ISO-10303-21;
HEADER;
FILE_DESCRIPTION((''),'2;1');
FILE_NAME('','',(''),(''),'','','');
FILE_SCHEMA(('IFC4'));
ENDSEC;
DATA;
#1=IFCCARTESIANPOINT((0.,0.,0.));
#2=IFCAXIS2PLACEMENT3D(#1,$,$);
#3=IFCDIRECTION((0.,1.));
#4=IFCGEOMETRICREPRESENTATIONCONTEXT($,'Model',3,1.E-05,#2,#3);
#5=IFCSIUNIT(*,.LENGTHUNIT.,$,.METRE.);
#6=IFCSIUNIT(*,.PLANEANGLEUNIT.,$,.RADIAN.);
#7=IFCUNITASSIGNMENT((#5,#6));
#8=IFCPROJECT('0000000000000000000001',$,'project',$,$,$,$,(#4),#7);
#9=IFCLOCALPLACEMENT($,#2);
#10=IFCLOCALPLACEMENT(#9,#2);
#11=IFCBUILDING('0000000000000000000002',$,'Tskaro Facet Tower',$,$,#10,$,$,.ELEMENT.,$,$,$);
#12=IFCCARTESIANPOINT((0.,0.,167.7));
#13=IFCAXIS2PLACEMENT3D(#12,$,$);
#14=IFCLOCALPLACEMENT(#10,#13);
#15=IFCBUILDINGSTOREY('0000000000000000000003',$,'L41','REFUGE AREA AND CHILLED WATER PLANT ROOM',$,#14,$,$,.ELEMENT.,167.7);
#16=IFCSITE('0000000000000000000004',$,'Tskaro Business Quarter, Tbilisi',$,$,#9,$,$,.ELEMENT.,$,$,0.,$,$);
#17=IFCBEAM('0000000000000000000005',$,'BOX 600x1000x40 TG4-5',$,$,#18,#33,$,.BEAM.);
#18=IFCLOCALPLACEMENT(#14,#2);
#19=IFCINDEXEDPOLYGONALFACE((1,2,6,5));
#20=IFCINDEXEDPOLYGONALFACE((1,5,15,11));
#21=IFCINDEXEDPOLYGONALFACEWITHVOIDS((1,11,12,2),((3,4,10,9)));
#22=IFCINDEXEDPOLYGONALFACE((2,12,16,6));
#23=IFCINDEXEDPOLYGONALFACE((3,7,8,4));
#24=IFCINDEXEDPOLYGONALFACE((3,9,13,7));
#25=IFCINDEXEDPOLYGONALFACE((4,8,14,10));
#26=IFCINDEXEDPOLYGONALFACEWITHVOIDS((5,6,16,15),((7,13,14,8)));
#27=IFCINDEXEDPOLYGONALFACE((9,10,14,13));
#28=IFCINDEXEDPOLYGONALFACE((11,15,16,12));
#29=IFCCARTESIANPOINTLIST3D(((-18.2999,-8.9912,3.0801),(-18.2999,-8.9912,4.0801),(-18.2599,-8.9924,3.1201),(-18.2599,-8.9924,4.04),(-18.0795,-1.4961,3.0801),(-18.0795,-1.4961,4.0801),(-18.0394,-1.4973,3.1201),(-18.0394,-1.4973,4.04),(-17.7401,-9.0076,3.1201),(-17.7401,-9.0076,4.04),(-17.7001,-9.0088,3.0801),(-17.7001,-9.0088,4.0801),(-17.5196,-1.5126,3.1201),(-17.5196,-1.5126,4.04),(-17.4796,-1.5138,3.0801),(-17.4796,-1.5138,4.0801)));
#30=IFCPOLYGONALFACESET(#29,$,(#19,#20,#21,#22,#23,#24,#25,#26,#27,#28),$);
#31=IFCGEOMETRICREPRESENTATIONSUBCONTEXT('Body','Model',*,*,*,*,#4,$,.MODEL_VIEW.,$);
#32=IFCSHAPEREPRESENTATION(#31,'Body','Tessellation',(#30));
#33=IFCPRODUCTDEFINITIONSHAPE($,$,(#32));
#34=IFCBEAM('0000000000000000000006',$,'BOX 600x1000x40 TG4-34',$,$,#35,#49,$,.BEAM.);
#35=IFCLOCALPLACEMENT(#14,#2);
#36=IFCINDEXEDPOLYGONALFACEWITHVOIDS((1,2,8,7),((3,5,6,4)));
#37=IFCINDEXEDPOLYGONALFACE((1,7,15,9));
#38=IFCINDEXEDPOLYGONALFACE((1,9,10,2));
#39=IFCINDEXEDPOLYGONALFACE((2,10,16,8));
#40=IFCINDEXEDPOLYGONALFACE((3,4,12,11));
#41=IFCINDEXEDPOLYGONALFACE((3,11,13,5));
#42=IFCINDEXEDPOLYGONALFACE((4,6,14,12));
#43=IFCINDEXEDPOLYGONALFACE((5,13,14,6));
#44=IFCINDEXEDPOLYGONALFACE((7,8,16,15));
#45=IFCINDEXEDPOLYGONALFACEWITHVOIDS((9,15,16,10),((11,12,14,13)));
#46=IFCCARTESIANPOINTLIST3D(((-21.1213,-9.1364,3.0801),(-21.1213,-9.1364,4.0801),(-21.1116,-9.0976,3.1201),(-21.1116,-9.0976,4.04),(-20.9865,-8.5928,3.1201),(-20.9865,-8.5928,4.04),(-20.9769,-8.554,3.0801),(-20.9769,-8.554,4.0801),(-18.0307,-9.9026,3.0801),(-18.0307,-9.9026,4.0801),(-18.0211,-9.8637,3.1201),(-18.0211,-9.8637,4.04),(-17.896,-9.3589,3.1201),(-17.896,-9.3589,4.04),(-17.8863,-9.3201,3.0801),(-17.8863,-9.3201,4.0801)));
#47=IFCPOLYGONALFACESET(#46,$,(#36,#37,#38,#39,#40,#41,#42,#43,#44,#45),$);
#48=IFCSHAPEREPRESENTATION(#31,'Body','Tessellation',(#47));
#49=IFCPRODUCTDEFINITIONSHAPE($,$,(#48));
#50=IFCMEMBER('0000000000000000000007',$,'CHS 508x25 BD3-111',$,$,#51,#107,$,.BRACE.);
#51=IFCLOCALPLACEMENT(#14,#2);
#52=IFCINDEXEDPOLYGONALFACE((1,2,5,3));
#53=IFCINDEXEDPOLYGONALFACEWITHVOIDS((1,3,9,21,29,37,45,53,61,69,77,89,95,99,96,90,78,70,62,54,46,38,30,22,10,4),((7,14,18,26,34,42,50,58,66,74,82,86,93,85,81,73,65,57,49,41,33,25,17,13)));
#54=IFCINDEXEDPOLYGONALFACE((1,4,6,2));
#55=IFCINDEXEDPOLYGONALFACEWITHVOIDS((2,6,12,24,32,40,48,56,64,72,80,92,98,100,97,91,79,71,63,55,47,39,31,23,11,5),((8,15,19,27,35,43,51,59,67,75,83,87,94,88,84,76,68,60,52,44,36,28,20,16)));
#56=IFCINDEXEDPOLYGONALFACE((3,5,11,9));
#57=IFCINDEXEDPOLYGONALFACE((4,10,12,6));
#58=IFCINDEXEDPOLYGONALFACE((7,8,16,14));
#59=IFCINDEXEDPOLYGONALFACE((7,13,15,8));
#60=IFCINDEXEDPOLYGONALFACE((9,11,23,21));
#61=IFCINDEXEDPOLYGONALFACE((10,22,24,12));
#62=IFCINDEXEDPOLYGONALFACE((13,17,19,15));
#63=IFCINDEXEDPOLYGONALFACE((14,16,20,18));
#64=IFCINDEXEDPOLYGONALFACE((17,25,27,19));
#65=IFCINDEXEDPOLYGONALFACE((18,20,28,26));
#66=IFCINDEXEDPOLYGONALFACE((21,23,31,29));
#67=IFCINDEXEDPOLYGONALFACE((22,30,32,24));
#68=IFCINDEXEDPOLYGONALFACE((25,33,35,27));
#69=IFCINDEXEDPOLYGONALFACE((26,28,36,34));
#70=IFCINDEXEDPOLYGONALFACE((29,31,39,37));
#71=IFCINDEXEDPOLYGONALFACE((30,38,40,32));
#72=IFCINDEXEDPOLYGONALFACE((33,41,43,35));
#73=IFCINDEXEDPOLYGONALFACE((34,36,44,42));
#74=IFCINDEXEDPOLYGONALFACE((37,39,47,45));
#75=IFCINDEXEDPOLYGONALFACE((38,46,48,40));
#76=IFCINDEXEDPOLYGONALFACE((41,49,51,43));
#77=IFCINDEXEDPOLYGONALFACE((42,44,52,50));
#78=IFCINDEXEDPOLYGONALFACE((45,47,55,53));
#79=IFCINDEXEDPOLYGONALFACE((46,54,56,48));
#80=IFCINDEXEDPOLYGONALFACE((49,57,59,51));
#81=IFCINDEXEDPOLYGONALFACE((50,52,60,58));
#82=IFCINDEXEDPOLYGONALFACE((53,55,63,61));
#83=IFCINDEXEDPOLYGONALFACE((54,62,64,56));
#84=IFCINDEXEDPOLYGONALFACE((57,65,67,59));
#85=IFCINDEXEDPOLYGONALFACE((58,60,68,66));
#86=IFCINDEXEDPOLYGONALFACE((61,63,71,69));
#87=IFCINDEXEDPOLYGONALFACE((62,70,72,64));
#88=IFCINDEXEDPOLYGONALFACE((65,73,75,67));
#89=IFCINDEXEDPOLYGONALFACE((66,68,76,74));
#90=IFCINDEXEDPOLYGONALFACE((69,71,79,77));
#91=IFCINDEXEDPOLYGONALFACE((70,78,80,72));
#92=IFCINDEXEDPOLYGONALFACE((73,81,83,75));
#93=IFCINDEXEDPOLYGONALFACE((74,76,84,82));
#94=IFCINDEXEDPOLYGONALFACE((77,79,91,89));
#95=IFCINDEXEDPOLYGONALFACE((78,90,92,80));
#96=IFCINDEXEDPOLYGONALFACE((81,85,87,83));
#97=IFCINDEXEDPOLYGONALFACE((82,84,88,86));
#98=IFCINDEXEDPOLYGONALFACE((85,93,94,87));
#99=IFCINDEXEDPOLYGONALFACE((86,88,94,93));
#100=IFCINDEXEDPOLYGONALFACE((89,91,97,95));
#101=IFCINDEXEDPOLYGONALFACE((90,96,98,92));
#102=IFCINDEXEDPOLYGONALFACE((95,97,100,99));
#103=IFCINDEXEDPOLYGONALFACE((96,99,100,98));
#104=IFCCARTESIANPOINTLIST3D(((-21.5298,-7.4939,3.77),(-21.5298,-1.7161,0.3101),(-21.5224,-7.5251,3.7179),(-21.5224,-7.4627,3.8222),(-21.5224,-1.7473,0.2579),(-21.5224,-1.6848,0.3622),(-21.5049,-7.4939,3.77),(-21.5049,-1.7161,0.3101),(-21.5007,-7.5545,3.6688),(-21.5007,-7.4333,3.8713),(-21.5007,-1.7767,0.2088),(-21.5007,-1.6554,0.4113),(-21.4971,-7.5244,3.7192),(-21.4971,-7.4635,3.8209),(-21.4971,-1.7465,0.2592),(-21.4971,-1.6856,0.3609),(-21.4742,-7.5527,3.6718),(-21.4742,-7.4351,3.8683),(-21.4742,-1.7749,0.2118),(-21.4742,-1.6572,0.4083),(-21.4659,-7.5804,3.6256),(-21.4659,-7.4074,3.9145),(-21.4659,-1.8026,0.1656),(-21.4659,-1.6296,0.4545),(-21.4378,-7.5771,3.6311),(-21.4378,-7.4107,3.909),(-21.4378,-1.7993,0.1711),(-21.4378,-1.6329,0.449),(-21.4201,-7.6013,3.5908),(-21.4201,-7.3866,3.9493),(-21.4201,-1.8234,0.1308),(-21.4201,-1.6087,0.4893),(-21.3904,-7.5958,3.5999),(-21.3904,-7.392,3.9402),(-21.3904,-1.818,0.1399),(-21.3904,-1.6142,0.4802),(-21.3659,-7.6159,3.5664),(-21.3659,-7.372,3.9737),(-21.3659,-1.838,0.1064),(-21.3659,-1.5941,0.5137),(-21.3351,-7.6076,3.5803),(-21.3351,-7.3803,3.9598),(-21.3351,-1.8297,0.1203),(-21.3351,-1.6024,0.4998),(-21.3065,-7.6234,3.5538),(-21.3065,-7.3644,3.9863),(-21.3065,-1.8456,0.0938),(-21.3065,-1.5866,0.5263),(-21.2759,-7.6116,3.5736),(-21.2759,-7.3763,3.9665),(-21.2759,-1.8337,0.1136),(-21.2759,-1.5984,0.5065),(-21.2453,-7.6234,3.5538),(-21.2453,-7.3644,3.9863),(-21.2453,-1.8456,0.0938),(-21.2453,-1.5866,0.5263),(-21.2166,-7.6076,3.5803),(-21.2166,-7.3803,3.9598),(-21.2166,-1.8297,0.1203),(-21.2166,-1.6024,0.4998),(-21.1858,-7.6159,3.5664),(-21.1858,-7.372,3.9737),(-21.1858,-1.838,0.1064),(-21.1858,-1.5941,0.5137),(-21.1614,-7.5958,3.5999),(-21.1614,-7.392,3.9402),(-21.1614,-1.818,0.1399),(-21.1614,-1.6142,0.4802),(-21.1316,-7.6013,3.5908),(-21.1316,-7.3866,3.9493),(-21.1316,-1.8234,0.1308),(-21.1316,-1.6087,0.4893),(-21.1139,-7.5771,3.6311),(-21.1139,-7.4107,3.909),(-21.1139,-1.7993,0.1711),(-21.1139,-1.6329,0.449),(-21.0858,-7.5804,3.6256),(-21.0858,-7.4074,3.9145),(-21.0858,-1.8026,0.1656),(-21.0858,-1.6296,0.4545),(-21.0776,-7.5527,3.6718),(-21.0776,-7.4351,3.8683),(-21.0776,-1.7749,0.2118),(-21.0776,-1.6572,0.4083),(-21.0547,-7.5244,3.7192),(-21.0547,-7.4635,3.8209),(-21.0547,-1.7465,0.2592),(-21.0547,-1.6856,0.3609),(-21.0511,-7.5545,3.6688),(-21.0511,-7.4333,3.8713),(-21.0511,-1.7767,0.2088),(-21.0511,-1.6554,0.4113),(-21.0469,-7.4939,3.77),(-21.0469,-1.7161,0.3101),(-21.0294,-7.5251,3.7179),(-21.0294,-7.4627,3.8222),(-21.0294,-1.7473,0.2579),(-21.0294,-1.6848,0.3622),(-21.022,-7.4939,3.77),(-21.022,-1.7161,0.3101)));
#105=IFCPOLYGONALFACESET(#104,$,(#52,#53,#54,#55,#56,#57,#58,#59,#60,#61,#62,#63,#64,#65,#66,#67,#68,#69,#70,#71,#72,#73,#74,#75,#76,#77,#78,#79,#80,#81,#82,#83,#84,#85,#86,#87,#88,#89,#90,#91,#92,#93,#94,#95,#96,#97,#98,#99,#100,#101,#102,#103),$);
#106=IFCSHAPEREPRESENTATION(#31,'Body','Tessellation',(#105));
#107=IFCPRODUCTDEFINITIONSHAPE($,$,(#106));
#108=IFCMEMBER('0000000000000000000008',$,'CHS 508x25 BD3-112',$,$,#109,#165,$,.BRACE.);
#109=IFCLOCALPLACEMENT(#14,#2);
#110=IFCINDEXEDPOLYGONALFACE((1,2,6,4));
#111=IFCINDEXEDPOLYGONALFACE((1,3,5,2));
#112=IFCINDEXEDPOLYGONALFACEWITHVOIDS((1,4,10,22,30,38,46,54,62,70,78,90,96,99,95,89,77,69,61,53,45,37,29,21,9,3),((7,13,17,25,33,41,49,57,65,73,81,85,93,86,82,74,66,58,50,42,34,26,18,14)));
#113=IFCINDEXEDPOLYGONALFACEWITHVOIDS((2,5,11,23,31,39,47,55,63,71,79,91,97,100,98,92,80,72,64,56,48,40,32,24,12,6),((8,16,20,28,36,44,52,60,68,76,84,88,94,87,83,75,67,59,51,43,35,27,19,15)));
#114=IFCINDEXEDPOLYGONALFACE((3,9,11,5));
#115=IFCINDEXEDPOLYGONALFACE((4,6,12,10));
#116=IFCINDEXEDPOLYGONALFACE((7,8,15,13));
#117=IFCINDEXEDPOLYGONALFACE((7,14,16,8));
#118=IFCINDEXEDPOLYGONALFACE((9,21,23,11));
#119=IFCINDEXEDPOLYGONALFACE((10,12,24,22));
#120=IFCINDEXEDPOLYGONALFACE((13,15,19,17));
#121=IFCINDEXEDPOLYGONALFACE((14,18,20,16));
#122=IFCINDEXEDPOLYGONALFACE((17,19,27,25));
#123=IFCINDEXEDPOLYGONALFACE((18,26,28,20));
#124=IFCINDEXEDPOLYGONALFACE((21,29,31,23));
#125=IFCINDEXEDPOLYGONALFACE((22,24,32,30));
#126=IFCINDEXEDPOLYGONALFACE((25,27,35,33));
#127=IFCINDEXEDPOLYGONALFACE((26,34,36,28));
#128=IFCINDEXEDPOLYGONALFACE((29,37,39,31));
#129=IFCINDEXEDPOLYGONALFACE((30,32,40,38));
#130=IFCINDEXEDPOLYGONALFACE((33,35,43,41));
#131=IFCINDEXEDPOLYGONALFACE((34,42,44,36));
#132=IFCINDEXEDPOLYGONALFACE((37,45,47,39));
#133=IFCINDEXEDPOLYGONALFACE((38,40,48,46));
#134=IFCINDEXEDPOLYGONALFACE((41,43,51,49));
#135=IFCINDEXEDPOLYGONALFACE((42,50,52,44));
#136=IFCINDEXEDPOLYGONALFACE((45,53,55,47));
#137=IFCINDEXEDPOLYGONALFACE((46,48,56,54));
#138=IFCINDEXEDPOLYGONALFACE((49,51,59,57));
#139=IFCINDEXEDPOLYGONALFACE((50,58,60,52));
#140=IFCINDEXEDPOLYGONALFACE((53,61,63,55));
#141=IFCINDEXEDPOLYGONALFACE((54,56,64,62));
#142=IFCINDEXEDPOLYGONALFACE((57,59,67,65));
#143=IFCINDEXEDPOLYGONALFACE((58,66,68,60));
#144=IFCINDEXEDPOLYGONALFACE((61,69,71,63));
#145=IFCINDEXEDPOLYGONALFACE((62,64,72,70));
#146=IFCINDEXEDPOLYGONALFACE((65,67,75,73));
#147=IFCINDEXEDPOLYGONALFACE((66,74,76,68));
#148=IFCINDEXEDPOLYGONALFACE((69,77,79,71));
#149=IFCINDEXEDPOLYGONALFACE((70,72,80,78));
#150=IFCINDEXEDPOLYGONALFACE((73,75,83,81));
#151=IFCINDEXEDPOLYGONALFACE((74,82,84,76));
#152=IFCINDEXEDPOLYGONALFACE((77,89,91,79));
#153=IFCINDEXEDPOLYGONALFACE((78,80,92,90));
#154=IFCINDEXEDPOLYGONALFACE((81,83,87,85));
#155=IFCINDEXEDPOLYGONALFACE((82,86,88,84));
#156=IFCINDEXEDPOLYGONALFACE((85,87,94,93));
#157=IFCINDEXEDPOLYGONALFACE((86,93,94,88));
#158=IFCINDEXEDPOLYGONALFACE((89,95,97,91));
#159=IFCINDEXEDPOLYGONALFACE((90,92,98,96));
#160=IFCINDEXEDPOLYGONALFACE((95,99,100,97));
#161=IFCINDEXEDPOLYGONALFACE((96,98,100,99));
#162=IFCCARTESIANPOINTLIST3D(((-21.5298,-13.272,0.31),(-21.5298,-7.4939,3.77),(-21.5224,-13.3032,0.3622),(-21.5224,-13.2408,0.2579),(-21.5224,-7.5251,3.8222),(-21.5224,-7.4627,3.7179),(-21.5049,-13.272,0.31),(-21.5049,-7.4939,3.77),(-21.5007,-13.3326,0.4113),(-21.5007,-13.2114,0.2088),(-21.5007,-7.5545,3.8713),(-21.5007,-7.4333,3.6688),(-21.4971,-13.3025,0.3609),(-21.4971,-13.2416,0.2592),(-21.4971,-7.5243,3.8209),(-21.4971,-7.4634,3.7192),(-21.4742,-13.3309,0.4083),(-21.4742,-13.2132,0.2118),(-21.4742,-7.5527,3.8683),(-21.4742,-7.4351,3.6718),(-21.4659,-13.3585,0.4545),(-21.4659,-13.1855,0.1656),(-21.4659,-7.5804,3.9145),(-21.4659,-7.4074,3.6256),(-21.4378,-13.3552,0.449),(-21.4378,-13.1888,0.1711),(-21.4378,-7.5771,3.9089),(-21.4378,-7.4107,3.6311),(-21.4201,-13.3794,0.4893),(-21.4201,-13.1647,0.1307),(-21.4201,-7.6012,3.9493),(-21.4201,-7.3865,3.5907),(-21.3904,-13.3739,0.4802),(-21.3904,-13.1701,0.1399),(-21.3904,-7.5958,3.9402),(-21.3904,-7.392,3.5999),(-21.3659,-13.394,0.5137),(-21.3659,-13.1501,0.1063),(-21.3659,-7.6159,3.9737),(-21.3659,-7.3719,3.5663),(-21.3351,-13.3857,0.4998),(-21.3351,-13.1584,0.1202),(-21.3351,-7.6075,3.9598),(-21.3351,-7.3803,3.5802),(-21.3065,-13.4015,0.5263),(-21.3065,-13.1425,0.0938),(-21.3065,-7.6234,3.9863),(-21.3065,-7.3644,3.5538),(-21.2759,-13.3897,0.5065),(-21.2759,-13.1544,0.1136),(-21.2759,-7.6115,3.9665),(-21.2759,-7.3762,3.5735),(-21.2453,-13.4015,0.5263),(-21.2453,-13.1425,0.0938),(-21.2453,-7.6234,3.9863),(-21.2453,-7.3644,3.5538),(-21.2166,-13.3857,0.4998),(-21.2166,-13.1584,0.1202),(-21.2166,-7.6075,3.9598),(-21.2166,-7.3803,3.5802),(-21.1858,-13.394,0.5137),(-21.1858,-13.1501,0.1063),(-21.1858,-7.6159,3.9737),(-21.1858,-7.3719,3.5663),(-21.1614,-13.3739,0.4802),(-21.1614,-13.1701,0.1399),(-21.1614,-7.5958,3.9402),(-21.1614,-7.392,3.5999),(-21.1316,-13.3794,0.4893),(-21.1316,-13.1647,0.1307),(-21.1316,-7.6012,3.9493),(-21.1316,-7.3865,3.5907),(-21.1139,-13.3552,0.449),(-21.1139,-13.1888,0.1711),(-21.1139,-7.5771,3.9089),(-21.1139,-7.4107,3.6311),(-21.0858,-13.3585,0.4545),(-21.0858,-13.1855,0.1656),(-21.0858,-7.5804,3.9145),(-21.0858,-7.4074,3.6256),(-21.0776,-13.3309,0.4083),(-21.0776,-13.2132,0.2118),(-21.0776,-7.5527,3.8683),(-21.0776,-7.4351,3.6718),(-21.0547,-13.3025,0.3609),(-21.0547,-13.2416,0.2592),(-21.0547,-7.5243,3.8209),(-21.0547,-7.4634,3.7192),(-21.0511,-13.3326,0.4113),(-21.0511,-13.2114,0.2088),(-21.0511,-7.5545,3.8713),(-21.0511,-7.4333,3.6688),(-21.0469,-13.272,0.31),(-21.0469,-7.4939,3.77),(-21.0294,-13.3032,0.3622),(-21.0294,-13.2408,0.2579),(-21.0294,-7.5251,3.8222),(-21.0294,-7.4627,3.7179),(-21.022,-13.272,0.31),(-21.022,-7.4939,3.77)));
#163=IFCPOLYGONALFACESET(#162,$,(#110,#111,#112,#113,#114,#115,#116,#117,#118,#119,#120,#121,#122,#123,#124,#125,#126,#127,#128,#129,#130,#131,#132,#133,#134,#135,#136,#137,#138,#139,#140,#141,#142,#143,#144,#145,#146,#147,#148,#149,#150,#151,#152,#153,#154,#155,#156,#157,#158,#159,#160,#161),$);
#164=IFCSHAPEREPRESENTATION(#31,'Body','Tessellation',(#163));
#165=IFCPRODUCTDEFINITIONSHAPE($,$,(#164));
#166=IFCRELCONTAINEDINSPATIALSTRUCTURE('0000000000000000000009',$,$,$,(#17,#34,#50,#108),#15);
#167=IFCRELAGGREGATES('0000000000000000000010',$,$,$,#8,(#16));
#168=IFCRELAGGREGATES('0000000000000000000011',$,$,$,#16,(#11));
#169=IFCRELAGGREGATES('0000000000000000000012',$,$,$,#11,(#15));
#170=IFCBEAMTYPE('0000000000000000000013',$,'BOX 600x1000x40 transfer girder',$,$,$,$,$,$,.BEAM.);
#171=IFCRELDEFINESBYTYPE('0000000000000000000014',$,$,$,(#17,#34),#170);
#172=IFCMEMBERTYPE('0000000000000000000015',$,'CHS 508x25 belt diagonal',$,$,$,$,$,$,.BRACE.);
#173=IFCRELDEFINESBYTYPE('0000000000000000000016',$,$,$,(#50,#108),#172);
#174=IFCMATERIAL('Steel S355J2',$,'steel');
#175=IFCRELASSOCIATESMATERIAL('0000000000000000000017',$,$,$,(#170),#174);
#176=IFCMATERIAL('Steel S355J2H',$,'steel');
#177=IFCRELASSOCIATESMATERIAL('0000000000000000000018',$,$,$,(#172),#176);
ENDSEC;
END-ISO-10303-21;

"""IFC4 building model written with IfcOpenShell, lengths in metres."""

from ifc_helpers import new_model, si_unit, direction, frame, origin, origin_2d, place, context, subcontext, project, spatial, hollow_rectangle, hollow_circle, extrude, material, material_profile, profile_set, type_object, element, save


model = new_model("IFC4")

# Units and contexts
model_context = context("Model", 3, precision=1e-05, world=origin(), true_north=direction((0.0, 1.0)))
body_context = subcontext(model_context, "Body", "Model", "MODEL_VIEW")
ifc_project = project(units=[si_unit("LENGTHUNIT", "METRE"), si_unit("PLANEANGLEUNIT", "RADIAN")], contexts=[model_context])

# Site, building, storey
site_placement = place(None, origin())
site = spatial("IfcSite", under=ifc_project, at=site_placement, Name="Tskaro Business Quarter, Tbilisi", CompositionType="ELEMENT", RefElevation=0.0)
building_placement = place(site_placement, origin())
building = spatial("IfcBuilding", under=site, at=building_placement, Name="Tskaro Facet Tower", CompositionType="ELEMENT")
storey_placement = place(building_placement, frame((0.0, 0.0, 167.7)))
storey = spatial("IfcBuildingStorey", under=building, at=storey_placement, Name="L41", Description="REFUGE AREA AND CHILLED WATER PLANT ROOM", CompositionType="ELEMENT", Elevation=167.7)

# Shared definitions
ifc_material_1 = material(Name="Steel S355J2H", Category="steel")

# Beams
ifc_material_2 = material(Name="Steel S355J2", Category="steel")
ifc_material_profile_1 = material_profile(ifc_material_2, hollow_rectangle(XDim=0.6001, YDim=1.0, WallThickness=0.04, at=origin_2d()), Name="BOX 600x1000x40")
ifc_profile_set_1 = profile_set([ifc_material_profile_1], Name="Steel S355J2")
beam_type_1 = type_object("IfcBeamType", Name="BOX 600x1000x40 transfer girder", PredefinedType="BEAM", material=ifc_profile_set_1)
beam_1_placement = place(storey_placement, frame((-18.0, -9.0, 3.5801), z_axis=(0.029401, 0.999568, 0.0), x_axis=(-0.999568, 0.029401, 0.0)))
element("IfcBeam", 1, at=beam_1_placement, inside=storey, type_object=beam_type_1, Name="BOX 600x1000x40 TG4-5", PredefinedType="BEAM", context=body_context, shape_type="SweptSolid", body=[
    extrude(hollow_rectangle(XDim=0.6001, YDim=1.0, WallThickness=0.04, at=origin_2d()), origin(), (0.0, 0.0, 1.0), 7.4983),
])
beam_2_placement = place(storey_placement, frame((-21.0491, -8.8452, 3.5801), z_axis=(0.970623, -0.240605, 0.0), x_axis=(0.240605, 0.970623, 0.0)))
element("IfcBeam", 2, at=beam_2_placement, inside=storey, type_object=beam_type_1, Name="BOX 600x1000x40 TG4-34", PredefinedType="BEAM", context=body_context, shape_type="SweptSolid", body=[
    extrude(hollow_rectangle(XDim=0.6001, YDim=1.0, WallThickness=0.04, at=origin_2d()), origin(), (0.0, 0.0, 1.0), 3.1841),
])

# Members
ifc_material_profile_2 = material_profile(ifc_material_1, hollow_circle(Radius=0.2539, WallThickness=0.0249, at=origin_2d()), Name="CHS 508x25")
ifc_profile_set_2 = profile_set([ifc_material_profile_2], Name="Steel S355J2H")
member_type_1 = type_object("IfcMemberType", Name="CHS 508x25 belt diagonal", PredefinedType="BRACE", material=ifc_profile_set_2)
member_1_placement = place(storey_placement, frame((-21.2759, -1.7161, 0.3101), z_axis=(0.0, -0.857934, 0.51376), x_axis=(1.0, 0.0, 0.0)))
element("IfcMember", 3, at=member_1_placement, inside=storey, type_object=member_type_1, Name="CHS 508x25 BD3-111", PredefinedType="BRACE", context=body_context, shape_type="SweptSolid", body=[
    extrude(hollow_circle(Radius=0.2539, WallThickness=0.0249, at=origin_2d()), origin(), (0.0, 0.0, 1.0), 6.7346),
])
for number, where, z_axis, x_axis, name in (
    (4, (-21.2759, -7.4939, 3.77), (0.0, -0.857944, -0.513744), (1.0, 0.0, 0.0), "CHS 508x25 BD3-112"),
):
    element("IfcMember", number, at=place(storey_placement, frame(where, z_axis=z_axis, x_axis=x_axis)), inside=storey, type_object=member_type_1, Name=name, PredefinedType="BRACE", context=body_context, shape_type="SweptSolid", body=[
        extrude(hollow_circle(Radius=0.2539, WallThickness=0.0249, at=origin_2d()), origin(), (0.0, 0.0, 1.0), 6.7349),
    ])

save(model, "model.ifc")
